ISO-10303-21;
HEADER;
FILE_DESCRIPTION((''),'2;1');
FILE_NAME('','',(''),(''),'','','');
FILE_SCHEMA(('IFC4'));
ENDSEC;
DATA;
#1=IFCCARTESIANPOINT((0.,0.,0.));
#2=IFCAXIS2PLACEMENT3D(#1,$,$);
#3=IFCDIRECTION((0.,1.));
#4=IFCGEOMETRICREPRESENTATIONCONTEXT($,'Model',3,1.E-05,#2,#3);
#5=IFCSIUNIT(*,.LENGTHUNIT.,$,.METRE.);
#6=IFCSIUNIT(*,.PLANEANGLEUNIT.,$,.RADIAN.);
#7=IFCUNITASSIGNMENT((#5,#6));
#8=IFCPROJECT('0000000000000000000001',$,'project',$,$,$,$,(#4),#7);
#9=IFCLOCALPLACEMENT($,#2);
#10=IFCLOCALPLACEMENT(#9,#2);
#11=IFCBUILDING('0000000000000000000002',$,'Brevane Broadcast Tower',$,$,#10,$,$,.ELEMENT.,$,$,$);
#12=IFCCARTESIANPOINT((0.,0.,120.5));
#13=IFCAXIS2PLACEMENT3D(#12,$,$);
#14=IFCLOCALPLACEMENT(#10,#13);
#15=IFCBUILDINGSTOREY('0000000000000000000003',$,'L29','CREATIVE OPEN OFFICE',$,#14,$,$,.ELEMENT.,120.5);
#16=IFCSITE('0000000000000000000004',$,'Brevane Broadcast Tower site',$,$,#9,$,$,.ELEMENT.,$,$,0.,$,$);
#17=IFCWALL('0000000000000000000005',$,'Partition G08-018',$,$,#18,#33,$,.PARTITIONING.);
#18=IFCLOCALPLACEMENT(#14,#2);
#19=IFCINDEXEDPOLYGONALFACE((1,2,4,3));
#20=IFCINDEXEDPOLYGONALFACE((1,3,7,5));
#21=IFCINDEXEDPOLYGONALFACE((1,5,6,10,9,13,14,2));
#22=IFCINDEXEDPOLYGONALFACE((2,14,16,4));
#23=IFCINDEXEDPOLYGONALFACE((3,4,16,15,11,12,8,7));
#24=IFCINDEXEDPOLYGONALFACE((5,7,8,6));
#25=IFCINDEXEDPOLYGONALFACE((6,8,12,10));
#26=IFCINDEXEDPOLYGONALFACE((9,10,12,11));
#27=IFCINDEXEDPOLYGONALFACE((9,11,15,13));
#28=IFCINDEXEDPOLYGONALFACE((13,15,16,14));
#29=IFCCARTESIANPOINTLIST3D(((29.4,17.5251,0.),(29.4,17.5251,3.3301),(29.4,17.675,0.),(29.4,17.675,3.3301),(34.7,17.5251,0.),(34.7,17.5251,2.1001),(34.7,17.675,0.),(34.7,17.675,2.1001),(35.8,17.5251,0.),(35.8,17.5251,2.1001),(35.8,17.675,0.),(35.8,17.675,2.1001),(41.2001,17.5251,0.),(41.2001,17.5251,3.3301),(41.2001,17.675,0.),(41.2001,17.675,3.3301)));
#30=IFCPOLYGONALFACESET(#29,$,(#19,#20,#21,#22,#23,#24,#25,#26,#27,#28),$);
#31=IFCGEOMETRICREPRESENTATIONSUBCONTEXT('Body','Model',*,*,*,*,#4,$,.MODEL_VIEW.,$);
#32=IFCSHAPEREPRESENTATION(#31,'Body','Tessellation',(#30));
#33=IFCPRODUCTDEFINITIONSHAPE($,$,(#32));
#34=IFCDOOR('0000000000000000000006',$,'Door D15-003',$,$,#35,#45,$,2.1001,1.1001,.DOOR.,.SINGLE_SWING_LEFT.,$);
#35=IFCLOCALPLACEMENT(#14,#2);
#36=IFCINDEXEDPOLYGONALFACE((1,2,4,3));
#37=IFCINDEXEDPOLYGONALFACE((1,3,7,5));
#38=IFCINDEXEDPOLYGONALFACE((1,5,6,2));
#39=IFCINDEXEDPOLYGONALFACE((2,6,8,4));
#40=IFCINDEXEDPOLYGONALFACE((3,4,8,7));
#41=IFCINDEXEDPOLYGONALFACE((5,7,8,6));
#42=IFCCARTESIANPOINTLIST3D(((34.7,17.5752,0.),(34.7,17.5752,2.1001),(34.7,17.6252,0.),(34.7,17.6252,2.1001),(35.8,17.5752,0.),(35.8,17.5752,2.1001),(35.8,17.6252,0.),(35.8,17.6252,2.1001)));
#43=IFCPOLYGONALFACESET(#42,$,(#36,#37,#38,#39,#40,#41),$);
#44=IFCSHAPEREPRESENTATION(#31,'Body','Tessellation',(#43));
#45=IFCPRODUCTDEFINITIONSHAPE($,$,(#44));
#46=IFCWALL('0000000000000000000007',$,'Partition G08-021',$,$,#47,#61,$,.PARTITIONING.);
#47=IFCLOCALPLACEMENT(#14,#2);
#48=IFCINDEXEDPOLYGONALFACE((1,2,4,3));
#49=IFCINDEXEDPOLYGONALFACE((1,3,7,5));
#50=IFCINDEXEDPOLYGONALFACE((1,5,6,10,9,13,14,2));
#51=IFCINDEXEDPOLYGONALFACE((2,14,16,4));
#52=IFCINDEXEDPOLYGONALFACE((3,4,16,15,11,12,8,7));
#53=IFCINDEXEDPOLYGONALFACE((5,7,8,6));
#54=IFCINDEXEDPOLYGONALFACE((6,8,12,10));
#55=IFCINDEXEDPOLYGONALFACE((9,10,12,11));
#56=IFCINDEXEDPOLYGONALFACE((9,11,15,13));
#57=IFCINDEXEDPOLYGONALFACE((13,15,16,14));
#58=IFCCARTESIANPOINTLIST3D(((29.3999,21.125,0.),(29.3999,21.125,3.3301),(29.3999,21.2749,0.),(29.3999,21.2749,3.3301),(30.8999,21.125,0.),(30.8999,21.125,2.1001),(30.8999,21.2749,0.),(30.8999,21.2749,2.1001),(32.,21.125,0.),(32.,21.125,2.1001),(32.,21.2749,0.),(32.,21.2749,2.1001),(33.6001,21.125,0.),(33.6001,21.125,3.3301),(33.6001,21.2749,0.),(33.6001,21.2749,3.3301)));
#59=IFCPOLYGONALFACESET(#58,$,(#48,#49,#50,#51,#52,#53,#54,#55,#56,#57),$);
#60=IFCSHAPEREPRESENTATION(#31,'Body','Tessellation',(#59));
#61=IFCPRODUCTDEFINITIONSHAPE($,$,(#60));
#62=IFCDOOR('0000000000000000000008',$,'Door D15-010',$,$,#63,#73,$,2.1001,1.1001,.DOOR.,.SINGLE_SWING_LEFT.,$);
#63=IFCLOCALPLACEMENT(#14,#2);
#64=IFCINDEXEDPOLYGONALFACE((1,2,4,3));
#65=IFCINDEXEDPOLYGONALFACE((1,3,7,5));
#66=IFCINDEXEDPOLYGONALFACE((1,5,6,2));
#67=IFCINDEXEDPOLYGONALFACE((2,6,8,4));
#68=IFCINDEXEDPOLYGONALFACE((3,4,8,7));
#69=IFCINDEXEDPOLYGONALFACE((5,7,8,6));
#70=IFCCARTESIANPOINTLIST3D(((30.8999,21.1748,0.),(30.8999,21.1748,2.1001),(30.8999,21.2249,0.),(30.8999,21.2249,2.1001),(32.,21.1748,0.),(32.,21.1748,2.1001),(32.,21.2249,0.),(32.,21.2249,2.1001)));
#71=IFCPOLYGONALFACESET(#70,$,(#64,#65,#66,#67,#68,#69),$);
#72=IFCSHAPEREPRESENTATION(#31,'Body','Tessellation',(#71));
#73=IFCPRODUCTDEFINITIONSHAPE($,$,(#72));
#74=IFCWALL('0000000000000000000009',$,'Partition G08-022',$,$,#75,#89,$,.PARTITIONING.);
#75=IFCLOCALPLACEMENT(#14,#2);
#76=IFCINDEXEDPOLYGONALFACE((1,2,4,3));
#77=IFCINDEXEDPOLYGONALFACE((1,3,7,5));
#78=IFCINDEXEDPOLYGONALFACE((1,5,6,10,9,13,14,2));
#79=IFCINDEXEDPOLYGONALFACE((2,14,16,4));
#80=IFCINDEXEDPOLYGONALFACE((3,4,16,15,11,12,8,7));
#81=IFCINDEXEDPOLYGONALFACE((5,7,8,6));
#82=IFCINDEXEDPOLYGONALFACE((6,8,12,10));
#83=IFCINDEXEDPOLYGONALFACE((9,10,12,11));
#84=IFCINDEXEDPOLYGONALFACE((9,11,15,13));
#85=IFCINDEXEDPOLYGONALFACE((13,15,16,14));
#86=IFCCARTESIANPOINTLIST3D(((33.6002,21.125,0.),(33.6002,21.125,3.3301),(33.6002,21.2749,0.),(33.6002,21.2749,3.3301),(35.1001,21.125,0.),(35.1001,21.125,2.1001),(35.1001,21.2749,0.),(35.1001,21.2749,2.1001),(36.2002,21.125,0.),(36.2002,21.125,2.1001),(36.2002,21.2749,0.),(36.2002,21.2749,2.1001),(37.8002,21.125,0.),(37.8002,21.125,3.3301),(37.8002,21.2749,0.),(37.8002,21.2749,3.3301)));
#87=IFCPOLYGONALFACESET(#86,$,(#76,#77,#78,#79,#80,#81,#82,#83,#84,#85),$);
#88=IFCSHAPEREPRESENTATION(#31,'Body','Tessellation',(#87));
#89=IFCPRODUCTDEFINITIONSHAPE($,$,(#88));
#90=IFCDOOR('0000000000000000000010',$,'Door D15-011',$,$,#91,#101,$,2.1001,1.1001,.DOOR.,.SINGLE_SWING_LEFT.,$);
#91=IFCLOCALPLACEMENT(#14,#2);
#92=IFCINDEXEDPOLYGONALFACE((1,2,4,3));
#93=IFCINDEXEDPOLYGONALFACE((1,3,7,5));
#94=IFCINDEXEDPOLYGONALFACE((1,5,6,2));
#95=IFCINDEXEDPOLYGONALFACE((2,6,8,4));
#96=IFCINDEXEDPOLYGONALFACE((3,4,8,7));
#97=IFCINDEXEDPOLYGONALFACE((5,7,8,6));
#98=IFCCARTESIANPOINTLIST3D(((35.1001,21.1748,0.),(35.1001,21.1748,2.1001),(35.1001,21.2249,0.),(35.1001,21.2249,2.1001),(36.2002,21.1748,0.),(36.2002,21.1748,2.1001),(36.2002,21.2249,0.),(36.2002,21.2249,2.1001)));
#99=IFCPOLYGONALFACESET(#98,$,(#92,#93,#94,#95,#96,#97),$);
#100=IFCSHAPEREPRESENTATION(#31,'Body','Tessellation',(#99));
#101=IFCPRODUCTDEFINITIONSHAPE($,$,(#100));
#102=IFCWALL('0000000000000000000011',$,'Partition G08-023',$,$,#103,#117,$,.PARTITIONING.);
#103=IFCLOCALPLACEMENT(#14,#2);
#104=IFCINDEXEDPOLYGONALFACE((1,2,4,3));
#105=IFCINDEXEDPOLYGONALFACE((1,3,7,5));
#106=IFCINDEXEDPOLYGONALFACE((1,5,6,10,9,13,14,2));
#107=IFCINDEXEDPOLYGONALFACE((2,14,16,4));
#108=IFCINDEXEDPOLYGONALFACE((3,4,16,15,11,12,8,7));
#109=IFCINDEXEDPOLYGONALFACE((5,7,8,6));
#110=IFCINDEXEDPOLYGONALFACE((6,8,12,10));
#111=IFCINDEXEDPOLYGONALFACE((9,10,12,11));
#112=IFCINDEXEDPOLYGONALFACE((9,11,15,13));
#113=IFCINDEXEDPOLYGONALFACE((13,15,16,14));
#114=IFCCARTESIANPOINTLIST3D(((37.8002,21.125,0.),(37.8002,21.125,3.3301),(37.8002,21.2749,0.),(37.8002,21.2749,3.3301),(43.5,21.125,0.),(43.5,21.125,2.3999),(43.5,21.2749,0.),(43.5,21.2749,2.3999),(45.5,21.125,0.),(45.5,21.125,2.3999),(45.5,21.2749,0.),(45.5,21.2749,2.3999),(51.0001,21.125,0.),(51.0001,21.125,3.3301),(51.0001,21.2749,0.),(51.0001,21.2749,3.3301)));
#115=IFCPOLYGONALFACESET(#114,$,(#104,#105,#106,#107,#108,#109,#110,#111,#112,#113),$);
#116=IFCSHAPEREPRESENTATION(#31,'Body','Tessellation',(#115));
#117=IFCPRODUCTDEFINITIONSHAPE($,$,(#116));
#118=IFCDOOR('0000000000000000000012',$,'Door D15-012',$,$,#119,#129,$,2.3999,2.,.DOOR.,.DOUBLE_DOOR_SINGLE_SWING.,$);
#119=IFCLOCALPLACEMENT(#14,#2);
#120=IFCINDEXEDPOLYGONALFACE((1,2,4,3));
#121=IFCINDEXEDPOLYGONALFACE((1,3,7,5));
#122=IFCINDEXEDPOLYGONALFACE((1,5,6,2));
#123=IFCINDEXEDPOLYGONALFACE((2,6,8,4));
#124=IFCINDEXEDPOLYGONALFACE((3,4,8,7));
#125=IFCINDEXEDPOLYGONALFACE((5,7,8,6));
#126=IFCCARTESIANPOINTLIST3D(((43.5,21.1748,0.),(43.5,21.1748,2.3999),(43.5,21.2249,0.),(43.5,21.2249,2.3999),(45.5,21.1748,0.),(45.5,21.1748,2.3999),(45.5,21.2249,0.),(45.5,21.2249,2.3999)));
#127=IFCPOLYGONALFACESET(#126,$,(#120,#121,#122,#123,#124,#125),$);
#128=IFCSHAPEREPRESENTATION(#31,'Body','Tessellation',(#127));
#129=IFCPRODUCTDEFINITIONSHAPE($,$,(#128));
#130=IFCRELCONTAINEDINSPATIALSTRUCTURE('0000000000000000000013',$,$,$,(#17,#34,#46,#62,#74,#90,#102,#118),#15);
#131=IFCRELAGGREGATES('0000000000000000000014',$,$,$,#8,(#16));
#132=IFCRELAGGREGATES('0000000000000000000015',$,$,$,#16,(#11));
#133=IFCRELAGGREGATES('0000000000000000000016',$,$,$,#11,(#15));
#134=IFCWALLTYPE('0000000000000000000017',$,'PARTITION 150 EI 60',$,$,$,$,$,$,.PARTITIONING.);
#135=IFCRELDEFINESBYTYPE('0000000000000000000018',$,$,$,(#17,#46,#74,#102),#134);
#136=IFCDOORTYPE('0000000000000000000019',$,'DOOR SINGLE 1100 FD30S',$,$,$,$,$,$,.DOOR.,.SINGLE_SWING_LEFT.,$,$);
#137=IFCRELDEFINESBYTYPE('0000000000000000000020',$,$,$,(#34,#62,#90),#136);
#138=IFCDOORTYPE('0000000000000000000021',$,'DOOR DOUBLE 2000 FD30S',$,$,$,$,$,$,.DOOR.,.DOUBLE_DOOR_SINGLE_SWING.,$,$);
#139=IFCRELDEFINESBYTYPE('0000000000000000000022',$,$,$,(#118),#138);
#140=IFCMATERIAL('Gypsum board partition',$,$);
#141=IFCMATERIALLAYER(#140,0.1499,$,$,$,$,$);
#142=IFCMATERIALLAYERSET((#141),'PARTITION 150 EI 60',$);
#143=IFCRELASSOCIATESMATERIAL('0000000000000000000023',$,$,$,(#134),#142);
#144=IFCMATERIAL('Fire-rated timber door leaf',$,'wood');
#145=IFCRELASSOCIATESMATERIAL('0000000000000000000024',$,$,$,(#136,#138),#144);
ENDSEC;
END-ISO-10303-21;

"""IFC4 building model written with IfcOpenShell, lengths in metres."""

from ifc_helpers import new_model, si_unit, direction, frame, frame_2d, origin, place, context, subcontext, project, spatial, rectangle, extrude, material, layer, layer_set, type_object, element, fill, save


model = new_model("IFC4")

# Units and contexts
model_context = context("Model", 3, precision=1e-05, world=origin(), true_north=direction((0.0, 1.0)))
body_context = subcontext(model_context, "Body", "Model", "MODEL_VIEW")
ifc_project = project(units=[si_unit("LENGTHUNIT", "METRE"), si_unit("PLANEANGLEUNIT", "RADIAN")], contexts=[model_context])

# Site, building, storey
site_placement = place(None, origin())
site = spatial("IfcSite", under=ifc_project, at=site_placement, Name="Brevane Broadcast Tower site", CompositionType="ELEMENT", RefElevation=0.0)
building_placement = place(site_placement, origin())
building = spatial("IfcBuilding", under=site, at=building_placement, Name="Brevane Broadcast Tower", CompositionType="ELEMENT")
storey_placement = place(building_placement, frame((0.0, 0.0, 120.5)))
storey = spatial("IfcBuildingStorey", under=building, at=storey_placement, Name="L29", Description="CREATIVE OPEN OFFICE", CompositionType="ELEMENT", Elevation=120.5)

# Shared definitions
ifc_material_1 = material(Name="Gypsum board partition")
ifc_layer_1 = layer(ifc_material_1, 0.1499)
ifc_layer_set_1 = layer_set([ifc_layer_1], Name="PARTITION 150 EI 60")
wall_type_1 = type_object("IfcWallType", Name="PARTITION 150 EI 60", PredefinedType="PARTITIONING", material=ifc_layer_set_1)

# Shared definitions
ifc_material_2 = material(Name="Fire-rated timber door leaf", Category="wood")
door_type_1 = type_object("IfcDoorType", Name="DOOR SINGLE 1100 FD30S", OperationType="SINGLE_SWING_LEFT", PredefinedType="DOOR", material=ifc_material_2)

# Walls, openings, doors
wall_1_placement = place(storey_placement, frame((41.2, 17.6001, 0.0), z_axis=(0.0, 0.0, 1.0), x_axis=(-1.0, 0.0, 0.0)))
wall_1 = element("IfcWall", 1, at=wall_1_placement, inside=storey, type_object=wall_type_1, Name="Partition G08-018", PredefinedType="PARTITIONING", context=body_context, shape_type="SweptSolid", body=[
    extrude(rectangle(XDim=11.8, YDim=0.1499, at=frame_2d((5.8999, 0.0))), origin(), (0.0, 0.0, 1.0), 3.3301),
])
opening_1_placement = place(wall_1_placement, frame((5.3999, 0.0, 0.0)))
opening_1 = element("IfcOpeningElement", 2, at=opening_1_placement, cuts=wall_1, PredefinedType="OPENING", context=body_context, shape_type="SweptSolid", body=[
    extrude(rectangle(XDim=1.1001, YDim=2.1001, at=frame_2d((0.55, 1.05))), frame((0.0, 0.085, 0.0), z_axis=(0.0, -1.0, 0.0), x_axis=(1.0, 0.0, 0.0)), (0.0, 0.0, 1.0), 0.1699),
])
door_1_placement = place(opening_1_placement, origin())
door_1 = element("IfcDoor", 3, at=door_1_placement, inside=storey, type_object=door_type_1, Name="Door D15-003", OperationType="SINGLE_SWING_LEFT", OverallHeight=2.1001, OverallWidth=1.1001, PredefinedType="DOOR", context=body_context, shape_type="SweptSolid", body=[
    extrude(rectangle(XDim=1.1001, YDim=2.1001, at=frame_2d((0.55, 1.05))), frame((0.0, 0.0249, 0.0), z_axis=(0.0, -1.0, 0.0), x_axis=(1.0, 0.0, 0.0)), (0.0, 0.0, 1.0), 0.05),
])
fill(opening_1, door_1)
wall_2_placement = place(storey_placement, frame((29.3999, 21.2, 0.0), z_axis=(0.0, 0.0, 1.0), x_axis=(1.0, 0.0, 0.0)))
wall_2 = element("IfcWall", 4, at=wall_2_placement, inside=storey, type_object=wall_type_1, Name="Partition G08-021", PredefinedType="PARTITIONING", context=body_context, shape_type="SweptSolid", body=[
    extrude(rectangle(XDim=4.2002, YDim=0.1499, at=frame_2d((2.1001, 0.0))), origin(), (0.0, 0.0, 1.0), 3.3301),
])
opening_2_placement = place(wall_2_placement, frame((1.5, 0.0, 0.0)))
opening_2 = element("IfcOpeningElement", 5, at=opening_2_placement, cuts=wall_2, PredefinedType="OPENING", context=body_context, shape_type="SweptSolid", body=[
    extrude(rectangle(XDim=1.1001, YDim=2.1001, at=frame_2d((0.55, 1.05))), frame((0.0, 0.085, 0.0), z_axis=(0.0, -1.0, 0.0), x_axis=(1.0, 0.0, 0.0)), (0.0, 0.0, 1.0), 0.1699),
])
door_2_placement = place(opening_2_placement, origin())
door_2 = element("IfcDoor", 6, at=door_2_placement, inside=storey, type_object=door_type_1, Name="Door D15-010", OperationType="SINGLE_SWING_LEFT", OverallHeight=2.1001, OverallWidth=1.1001, PredefinedType="DOOR", context=body_context, shape_type="SweptSolid", body=[
    extrude(rectangle(XDim=1.1001, YDim=2.1001, at=frame_2d((0.55, 1.05))), frame((0.0, 0.0249, 0.0), z_axis=(0.0, -1.0, 0.0), x_axis=(1.0, 0.0, 0.0)), (0.0, 0.0, 1.0), 0.05),
])
fill(opening_2, door_2)
wall_3_placement = place(storey_placement, frame((33.6001, 21.2, 0.0), z_axis=(0.0, 0.0, 1.0), x_axis=(1.0, 0.0, 0.0)))
wall_3 = element("IfcWall", 7, at=wall_3_placement, inside=storey, type_object=wall_type_1, Name="Partition G08-022", PredefinedType="PARTITIONING", context=body_context, shape_type="SweptSolid", body=[
    extrude(rectangle(XDim=4.2, YDim=0.1499, at=frame_2d((2.1001, 0.0))), origin(), (0.0, 0.0, 1.0), 3.3301),
])
opening_3_placement = place(wall_3_placement, frame((1.5, 0.0, 0.0)))
opening_3 = element("IfcOpeningElement", 8, at=opening_3_placement, cuts=wall_3, PredefinedType="OPENING", context=body_context, shape_type="SweptSolid", body=[
    extrude(rectangle(XDim=1.1001, YDim=2.1001, at=frame_2d((0.55, 1.05))), frame((0.0, 0.085, 0.0), z_axis=(0.0, -1.0, 0.0), x_axis=(1.0, 0.0, 0.0)), (0.0, 0.0, 1.0), 0.1699),
])
door_3_placement = place(opening_3_placement, origin())
door_3 = element("IfcDoor", 9, at=door_3_placement, inside=storey, type_object=door_type_1, Name="Door D15-011", OperationType="SINGLE_SWING_LEFT", OverallHeight=2.1001, OverallWidth=1.1001, PredefinedType="DOOR", context=body_context, shape_type="SweptSolid", body=[
    extrude(rectangle(XDim=1.1001, YDim=2.1001, at=frame_2d((0.55, 1.05))), frame((0.0, 0.0249, 0.0), z_axis=(0.0, -1.0, 0.0), x_axis=(1.0, 0.0, 0.0)), (0.0, 0.0, 1.0), 0.05),
])
fill(opening_3, door_3)
wall_4_placement = place(storey_placement, frame((37.8, 21.2, 0.0), z_axis=(0.0, 0.0, 1.0), x_axis=(1.0, 0.0, 0.0)))
wall_4 = element("IfcWall", 10, at=wall_4_placement, inside=storey, type_object=wall_type_1, Name="Partition G08-023", PredefinedType="PARTITIONING", context=body_context, shape_type="SweptSolid", body=[
    extrude(rectangle(XDim=13.2, YDim=0.1499, at=frame_2d((6.6001, 0.0))), origin(), (0.0, 0.0, 1.0), 3.3301),
])
opening_4_placement = place(wall_4_placement, frame((5.7, 0.0, 0.0)))
opening_4 = element("IfcOpeningElement", 11, at=opening_4_placement, cuts=wall_4, PredefinedType="OPENING", context=body_context, shape_type="SweptSolid", body=[
    extrude(rectangle(XDim=2.0, YDim=2.3999, at=frame_2d((1.0, 1.2))), frame((0.0, 0.085, 0.0), z_axis=(0.0, -1.0, 0.0), x_axis=(1.0, 0.0, 0.0)), (0.0, 0.0, 1.0), 0.1699),
])
door_type_2 = type_object("IfcDoorType", Name="DOOR DOUBLE 2000 FD30S", OperationType="DOUBLE_DOOR_SINGLE_SWING", PredefinedType="DOOR", material=ifc_material_2)
door_4_placement = place(opening_4_placement, origin())
door_4 = element("IfcDoor", 12, at=door_4_placement, inside=storey, type_object=door_type_2, Name="Door D15-012", OperationType="DOUBLE_DOOR_SINGLE_SWING", OverallHeight=2.3999, OverallWidth=2.0, PredefinedType="DOOR", context=body_context, shape_type="SweptSolid", body=[
    extrude(rectangle(XDim=2.0, YDim=2.3999, at=frame_2d((1.0, 1.2))), frame((0.0, 0.0249, 0.0), z_axis=(0.0, -1.0, 0.0), x_axis=(1.0, 0.0, 0.0)), (0.0, 0.0, 1.0), 0.05),
])
fill(opening_4, door_4)

save(model, "model.ifc")
